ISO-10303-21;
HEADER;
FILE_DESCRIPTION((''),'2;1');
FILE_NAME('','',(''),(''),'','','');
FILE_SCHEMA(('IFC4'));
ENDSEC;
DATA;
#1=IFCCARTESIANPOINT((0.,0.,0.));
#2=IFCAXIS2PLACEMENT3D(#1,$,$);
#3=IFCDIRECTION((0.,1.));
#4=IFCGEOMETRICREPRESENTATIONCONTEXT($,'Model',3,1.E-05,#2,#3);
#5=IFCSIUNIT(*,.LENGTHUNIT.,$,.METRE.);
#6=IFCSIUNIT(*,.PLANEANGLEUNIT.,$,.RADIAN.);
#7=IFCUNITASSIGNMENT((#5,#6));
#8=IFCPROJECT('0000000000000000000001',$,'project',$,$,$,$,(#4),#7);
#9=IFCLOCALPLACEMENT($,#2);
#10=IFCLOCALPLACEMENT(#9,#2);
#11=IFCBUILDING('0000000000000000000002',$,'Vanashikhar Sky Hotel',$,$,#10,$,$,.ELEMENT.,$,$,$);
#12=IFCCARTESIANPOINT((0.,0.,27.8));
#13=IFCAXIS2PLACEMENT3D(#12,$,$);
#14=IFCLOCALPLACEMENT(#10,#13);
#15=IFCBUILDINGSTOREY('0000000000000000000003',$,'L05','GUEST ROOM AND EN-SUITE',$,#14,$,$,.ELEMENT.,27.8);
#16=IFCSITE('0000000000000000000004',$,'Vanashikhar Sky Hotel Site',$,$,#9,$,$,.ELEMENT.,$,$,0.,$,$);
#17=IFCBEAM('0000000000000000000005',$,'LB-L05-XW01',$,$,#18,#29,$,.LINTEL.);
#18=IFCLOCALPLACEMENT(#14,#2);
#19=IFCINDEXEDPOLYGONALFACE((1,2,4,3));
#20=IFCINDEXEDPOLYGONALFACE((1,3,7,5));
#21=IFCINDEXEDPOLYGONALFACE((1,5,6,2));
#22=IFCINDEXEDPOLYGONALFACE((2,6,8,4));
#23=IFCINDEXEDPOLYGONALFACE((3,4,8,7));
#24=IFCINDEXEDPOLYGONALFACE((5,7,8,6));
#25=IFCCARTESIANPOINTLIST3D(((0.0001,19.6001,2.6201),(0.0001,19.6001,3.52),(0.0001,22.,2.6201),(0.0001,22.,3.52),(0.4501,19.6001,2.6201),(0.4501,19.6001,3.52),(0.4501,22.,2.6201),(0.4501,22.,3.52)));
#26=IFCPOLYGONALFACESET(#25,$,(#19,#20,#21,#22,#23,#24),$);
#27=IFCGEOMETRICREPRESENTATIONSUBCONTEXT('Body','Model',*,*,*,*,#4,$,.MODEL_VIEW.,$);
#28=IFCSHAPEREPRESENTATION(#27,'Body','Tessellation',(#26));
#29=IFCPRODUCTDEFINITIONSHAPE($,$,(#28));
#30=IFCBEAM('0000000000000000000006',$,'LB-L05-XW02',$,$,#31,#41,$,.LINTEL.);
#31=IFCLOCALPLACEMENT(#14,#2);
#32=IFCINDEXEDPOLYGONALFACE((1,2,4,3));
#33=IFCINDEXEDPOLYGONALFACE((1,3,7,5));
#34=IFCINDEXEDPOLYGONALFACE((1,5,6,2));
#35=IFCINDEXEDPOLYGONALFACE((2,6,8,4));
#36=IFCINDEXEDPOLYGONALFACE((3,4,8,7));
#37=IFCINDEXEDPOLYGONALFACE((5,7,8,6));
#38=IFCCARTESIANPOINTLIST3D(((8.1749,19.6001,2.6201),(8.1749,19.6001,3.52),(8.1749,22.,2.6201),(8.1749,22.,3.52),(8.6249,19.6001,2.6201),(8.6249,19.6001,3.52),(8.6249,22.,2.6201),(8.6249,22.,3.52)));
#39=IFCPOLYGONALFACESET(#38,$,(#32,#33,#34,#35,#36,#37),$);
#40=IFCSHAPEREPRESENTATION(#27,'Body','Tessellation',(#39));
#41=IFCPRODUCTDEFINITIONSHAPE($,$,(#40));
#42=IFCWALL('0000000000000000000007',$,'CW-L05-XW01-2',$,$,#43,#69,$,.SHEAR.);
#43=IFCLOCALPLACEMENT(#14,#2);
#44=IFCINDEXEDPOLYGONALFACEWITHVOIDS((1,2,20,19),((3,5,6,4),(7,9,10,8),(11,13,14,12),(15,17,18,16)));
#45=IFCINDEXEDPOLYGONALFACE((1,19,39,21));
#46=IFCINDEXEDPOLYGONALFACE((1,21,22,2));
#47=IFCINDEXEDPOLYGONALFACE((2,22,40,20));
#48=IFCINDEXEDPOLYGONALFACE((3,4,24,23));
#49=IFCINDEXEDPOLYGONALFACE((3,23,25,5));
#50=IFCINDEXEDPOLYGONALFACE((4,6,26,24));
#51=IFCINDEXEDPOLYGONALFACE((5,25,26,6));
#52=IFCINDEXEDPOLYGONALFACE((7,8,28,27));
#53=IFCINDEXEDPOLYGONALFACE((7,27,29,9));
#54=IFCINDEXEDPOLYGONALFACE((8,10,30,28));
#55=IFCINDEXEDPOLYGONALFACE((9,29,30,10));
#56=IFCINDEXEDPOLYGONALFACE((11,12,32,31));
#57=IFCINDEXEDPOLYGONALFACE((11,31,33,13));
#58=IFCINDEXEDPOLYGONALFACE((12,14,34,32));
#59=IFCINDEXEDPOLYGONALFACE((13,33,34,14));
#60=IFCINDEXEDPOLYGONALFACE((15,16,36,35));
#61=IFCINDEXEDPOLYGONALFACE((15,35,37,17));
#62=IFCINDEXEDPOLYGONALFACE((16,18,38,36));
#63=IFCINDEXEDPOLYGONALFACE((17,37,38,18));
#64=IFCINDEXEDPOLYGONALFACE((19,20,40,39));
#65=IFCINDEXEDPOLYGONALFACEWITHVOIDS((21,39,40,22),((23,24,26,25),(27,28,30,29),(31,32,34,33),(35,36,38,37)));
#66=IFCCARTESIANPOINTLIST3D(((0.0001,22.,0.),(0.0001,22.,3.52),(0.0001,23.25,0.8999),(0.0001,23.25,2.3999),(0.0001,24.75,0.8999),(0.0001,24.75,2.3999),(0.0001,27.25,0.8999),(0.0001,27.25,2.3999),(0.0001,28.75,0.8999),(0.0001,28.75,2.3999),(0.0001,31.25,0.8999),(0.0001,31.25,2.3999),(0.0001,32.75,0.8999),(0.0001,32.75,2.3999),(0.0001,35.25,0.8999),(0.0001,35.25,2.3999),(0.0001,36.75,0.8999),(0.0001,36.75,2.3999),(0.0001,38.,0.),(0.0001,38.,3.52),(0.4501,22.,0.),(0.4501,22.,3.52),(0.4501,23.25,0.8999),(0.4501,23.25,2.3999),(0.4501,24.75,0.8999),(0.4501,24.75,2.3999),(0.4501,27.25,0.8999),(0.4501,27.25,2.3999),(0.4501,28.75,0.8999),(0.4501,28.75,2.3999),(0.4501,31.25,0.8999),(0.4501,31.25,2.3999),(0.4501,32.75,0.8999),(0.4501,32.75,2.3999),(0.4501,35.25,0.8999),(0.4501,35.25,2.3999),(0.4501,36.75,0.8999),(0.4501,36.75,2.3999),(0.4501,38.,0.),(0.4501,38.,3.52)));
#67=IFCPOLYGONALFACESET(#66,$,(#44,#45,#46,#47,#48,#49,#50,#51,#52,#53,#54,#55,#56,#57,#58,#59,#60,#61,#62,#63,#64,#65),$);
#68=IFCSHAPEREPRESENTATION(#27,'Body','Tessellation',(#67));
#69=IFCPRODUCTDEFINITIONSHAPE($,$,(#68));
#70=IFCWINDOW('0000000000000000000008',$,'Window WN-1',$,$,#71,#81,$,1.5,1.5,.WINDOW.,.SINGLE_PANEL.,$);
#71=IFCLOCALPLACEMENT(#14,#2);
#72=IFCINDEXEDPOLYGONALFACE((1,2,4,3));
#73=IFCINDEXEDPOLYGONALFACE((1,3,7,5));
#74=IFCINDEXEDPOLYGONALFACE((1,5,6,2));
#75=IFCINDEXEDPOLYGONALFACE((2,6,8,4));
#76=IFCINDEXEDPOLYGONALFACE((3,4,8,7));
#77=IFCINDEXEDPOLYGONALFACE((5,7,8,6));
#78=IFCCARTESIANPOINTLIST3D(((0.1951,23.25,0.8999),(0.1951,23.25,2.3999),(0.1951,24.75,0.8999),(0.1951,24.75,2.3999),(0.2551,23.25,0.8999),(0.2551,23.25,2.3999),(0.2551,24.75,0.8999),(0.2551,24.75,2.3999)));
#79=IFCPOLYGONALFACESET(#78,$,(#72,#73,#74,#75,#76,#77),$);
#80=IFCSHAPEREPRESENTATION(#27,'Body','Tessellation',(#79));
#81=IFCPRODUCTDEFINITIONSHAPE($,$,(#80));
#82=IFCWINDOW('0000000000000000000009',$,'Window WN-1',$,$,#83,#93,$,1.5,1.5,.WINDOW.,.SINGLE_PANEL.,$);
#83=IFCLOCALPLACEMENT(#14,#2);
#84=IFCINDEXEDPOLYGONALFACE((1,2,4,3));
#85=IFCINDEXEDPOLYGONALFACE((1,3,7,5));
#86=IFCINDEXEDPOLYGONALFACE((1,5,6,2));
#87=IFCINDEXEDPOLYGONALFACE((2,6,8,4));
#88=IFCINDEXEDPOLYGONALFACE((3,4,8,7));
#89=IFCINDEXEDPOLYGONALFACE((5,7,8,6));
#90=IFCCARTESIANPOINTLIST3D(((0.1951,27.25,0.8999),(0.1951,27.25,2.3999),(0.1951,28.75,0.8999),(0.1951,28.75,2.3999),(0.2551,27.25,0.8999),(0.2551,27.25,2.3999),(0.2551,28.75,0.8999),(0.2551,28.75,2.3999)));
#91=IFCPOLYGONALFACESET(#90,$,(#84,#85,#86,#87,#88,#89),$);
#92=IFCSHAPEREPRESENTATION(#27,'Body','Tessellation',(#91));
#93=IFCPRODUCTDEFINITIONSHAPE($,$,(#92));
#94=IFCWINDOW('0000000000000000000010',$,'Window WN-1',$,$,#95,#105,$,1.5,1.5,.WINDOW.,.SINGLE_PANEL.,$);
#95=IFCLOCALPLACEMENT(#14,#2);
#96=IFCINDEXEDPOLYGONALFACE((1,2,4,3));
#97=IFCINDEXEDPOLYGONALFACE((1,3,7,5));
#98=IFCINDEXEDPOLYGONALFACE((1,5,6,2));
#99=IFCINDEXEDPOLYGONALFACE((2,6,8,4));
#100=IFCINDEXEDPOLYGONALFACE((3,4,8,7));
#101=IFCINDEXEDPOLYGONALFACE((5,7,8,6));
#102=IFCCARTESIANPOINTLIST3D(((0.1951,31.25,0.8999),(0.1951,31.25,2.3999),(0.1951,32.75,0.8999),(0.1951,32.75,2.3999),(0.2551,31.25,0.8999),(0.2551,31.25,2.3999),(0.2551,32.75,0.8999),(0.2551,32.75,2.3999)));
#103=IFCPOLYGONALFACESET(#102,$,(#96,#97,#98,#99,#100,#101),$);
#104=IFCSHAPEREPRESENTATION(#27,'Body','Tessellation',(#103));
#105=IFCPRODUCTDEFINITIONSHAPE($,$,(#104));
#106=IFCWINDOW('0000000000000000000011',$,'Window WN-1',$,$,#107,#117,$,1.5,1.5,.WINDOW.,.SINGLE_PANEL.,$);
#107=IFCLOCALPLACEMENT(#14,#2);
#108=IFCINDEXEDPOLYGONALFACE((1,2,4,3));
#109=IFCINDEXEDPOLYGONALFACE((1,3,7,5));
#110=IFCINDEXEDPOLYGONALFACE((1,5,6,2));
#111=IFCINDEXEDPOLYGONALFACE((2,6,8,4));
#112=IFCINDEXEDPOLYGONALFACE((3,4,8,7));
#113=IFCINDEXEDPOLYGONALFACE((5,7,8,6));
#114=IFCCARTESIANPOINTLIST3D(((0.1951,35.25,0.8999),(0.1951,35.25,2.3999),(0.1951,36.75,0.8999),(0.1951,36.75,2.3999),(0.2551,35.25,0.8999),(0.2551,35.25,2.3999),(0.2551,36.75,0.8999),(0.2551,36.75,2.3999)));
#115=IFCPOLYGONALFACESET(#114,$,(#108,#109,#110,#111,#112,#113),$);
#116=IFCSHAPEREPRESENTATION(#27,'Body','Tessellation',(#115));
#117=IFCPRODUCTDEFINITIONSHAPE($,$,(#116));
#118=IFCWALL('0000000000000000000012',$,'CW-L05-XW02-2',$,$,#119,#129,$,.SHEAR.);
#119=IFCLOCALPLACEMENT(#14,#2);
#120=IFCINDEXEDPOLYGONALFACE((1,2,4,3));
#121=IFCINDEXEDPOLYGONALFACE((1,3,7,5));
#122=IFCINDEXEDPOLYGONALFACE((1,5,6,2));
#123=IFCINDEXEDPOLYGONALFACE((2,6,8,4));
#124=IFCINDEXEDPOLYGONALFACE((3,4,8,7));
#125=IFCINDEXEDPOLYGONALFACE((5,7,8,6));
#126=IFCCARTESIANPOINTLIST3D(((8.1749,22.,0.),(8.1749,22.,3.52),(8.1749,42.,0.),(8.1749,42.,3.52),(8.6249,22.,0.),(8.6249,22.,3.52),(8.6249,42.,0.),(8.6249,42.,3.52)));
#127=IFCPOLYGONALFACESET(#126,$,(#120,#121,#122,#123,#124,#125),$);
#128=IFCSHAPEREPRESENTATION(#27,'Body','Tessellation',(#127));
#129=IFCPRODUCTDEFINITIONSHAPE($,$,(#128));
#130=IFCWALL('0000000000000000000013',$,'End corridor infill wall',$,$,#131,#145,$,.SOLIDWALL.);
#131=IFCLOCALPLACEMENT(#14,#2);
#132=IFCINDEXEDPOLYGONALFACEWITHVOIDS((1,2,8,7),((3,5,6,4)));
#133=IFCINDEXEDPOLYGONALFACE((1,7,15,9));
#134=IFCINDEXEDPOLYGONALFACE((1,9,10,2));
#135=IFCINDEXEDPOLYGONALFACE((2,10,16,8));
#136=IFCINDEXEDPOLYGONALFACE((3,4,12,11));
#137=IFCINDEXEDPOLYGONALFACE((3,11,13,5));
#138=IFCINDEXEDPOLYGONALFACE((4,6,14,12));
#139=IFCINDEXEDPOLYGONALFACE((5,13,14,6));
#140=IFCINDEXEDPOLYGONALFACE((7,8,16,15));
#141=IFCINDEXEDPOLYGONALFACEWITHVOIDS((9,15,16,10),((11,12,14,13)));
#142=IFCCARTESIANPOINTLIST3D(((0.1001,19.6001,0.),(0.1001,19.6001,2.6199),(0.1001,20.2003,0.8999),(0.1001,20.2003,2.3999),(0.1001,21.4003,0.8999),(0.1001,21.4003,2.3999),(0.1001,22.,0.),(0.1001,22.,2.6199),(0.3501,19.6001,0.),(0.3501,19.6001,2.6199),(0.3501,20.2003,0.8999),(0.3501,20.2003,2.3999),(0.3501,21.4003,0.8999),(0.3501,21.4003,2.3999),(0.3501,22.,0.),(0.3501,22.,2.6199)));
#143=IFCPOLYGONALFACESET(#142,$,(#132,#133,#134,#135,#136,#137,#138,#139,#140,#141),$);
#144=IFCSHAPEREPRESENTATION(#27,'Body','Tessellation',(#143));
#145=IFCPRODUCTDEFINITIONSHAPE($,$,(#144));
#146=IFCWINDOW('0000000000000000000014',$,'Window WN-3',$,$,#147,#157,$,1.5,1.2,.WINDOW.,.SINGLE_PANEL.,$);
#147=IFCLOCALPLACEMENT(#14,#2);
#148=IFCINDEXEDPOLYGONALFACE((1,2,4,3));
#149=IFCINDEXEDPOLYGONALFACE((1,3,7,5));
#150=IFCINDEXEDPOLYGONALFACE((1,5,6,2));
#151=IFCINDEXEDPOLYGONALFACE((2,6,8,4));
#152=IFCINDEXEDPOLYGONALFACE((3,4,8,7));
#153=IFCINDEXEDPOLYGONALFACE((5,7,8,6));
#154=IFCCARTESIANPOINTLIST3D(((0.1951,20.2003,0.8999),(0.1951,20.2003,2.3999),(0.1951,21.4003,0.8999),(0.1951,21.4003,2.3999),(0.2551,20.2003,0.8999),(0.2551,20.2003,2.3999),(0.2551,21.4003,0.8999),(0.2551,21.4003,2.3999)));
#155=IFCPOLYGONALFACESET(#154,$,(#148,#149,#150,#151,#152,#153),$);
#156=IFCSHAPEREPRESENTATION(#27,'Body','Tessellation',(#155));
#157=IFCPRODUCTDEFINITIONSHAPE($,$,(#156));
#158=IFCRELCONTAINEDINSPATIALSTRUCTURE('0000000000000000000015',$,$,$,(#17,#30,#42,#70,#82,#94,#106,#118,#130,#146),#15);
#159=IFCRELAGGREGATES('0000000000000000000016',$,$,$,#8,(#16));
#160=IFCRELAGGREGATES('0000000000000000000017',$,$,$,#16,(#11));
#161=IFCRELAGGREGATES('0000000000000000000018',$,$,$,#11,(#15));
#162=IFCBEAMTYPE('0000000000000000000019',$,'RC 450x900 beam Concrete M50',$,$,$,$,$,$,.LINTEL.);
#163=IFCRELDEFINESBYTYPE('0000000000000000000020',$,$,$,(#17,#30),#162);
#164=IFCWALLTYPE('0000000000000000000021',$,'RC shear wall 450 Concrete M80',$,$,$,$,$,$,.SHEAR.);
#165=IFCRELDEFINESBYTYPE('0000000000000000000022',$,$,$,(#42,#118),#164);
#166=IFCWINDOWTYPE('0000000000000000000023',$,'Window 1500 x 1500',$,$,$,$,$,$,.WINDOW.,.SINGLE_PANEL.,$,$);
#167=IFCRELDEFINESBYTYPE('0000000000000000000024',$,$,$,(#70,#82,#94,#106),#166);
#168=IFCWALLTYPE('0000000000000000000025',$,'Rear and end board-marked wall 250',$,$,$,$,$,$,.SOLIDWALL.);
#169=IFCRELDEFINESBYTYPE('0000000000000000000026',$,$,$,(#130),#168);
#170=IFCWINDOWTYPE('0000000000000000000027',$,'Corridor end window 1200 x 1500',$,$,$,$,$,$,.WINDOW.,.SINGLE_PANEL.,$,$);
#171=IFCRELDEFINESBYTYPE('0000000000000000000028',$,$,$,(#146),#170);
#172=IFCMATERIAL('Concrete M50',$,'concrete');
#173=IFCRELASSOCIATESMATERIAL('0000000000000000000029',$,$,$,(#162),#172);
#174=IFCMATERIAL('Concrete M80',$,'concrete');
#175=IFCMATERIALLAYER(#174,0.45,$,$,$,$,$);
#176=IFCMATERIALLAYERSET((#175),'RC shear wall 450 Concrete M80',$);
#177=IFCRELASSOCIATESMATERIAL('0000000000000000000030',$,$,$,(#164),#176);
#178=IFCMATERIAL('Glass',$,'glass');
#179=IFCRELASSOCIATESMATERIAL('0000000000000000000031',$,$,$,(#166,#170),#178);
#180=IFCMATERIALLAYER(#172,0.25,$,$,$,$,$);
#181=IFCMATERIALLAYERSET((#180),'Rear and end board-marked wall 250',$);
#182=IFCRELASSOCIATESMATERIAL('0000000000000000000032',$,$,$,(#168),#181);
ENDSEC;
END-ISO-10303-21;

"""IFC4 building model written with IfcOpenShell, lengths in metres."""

from ifc_helpers import new_model, si_unit, direction, frame, frame_2d, origin, origin_2d, place, context, subcontext, project, spatial, rectangle, extrude, source, transform, mapped, material, layer, layer_set, material_profile, profile_set, type_object, element, fill, save


model = new_model("IFC4")

# Units and contexts
model_context = context("Model", 3, precision=1e-05, world=origin(), true_north=direction((0.0, 1.0)))
body_context = subcontext(model_context, "Body", "Model", "MODEL_VIEW")
ifc_project = project(units=[si_unit("LENGTHUNIT", "METRE"), si_unit("PLANEANGLEUNIT", "RADIAN")], contexts=[model_context])

# Site, building, storey
site_placement = place(None, origin())
site = spatial("IfcSite", under=ifc_project, at=site_placement, Name="Vanashikhar Sky Hotel Site", CompositionType="ELEMENT", RefElevation=0.0)
building_placement = place(site_placement, origin())
building = spatial("IfcBuilding", under=site, at=building_placement, Name="Vanashikhar Sky Hotel", CompositionType="ELEMENT")
storey_placement = place(building_placement, frame((0.0, 0.0, 27.8)))
storey = spatial("IfcBuildingStorey", under=building, at=storey_placement, Name="L05", Description="GUEST ROOM AND EN-SUITE", CompositionType="ELEMENT", Elevation=27.8)

# Beams
ifc_material_1 = material(Name="Concrete M50", Category="concrete")
ifc_material_profile = material_profile(ifc_material_1, rectangle(XDim=0.45, YDim=0.8999, at=origin_2d()))
ifc_profile_set = profile_set([ifc_material_profile], Name="RC 450x900 beam Concrete M50")
beam_type = type_object("IfcBeamType", Name="RC 450x900 beam Concrete M50", PredefinedType="LINTEL", material=ifc_profile_set)
shared_shape_1 = source(origin(), body_context, "Body", "SweptSolid", [
    extrude(rectangle(XDim=0.45, YDim=0.8999, at=origin_2d()), origin(), (0.0, 0.0, 1.0), 2.3999),
])
for number, where, z_axis, x_axis, name in (
    (1, (0.2251, 19.6001, 3.0701), (0.0, 1.0, 0.0), (-1.0, 0.0, 0.0), "LB-L05-XW01"),
    (2, (8.3999, 19.6001, 3.0701), (0.0, 1.0, 0.0), (-1.0, 0.0, 0.0), "LB-L05-XW02"),
):
    element("IfcBeam", number, at=place(storey_placement, frame(where, z_axis=z_axis, x_axis=x_axis)), inside=storey, type_object=beam_type, Name=name, PredefinedType="LINTEL", context=body_context, shape_type="MappedRepresentation", body=[
        mapped(shared_shape_1, transform((0.0, 0.0, 0.0), scale=1.0)),
    ])

# Wall, openings, windows
ifc_material_2 = material(Name="Concrete M80", Category="concrete")
ifc_layer_1 = layer(ifc_material_2, 0.45)
ifc_layer_set_1 = layer_set([ifc_layer_1], Name="RC shear wall 450 Concrete M80")
wall_type_1 = type_object("IfcWallType", Name="RC shear wall 450 Concrete M80", PredefinedType="SHEAR", material=ifc_layer_set_1)
shared_shape_2 = source(origin(), body_context, "Body", "SweptSolid", [
    extrude(rectangle(XDim=16.0, YDim=0.45, at=frame_2d((8.0, 0.0))), origin(), (0.0, 0.0, 1.0), 3.52),
])
wall_1_placement = place(storey_placement, frame((0.2251, 22.0, 0.0), z_axis=(0.0, 0.0, 1.0), x_axis=(0.0, 1.0, 0.0)))
wall_1 = element("IfcWall", 3, at=wall_1_placement, inside=storey, type_object=wall_type_1, Name="CW-L05-XW01-2", PredefinedType="SHEAR", context=body_context, shape_type="MappedRepresentation", body=[
    mapped(shared_shape_2, transform((0.0, 0.0, 0.0), scale=1.0)),
])
shared_shape_3 = source(origin(), body_context, "Body", "SweptSolid", [
    extrude(rectangle(XDim=1.5, YDim=1.5, at=frame_2d((0.75, 0.75))), frame((0.0, 0.2349, 0.0), z_axis=(0.0, -1.0, 0.0), x_axis=(1.0, 0.0, 0.0)), (0.0, 0.0, 1.0), 0.47),
])
opening_1_placement = place(wall_1_placement, frame((1.25, 0.0, 0.8999)))
opening_1 = element("IfcOpeningElement", 4, at=opening_1_placement, cuts=wall_1, PredefinedType="OPENING", context=body_context, shape_type="MappedRepresentation", body=[
    mapped(shared_shape_3, transform((0.0, 0.0, 0.0), scale=1.0)),
])
opening_2_placement = place(wall_1_placement, frame((5.25, 0.0, 0.8999)))
opening_2 = element("IfcOpeningElement", 5, at=opening_2_placement, cuts=wall_1, PredefinedType="OPENING", context=body_context, shape_type="MappedRepresentation", body=[
    mapped(shared_shape_3, transform((0.0, 0.0, 0.0), scale=1.0)),
])
opening_3_placement = place(wall_1_placement, frame((9.25, 0.0, 0.8999)))
opening_3 = element("IfcOpeningElement", 6, at=opening_3_placement, cuts=wall_1, PredefinedType="OPENING", context=body_context, shape_type="MappedRepresentation", body=[
    mapped(shared_shape_3, transform((0.0, 0.0, 0.0), scale=1.0)),
])
opening_4_placement = place(wall_1_placement, frame((13.25, 0.0, 0.8999)))
opening_4 = element("IfcOpeningElement", 7, at=opening_4_placement, cuts=wall_1, PredefinedType="OPENING", context=body_context, shape_type="MappedRepresentation", body=[
    mapped(shared_shape_3, transform((0.0, 0.0, 0.0), scale=1.0)),
])
ifc_material_3 = material(Name="Glass", Category="glass")
window_type_1 = type_object("IfcWindowType", Name="Window 1500 x 1500", PartitioningType="SINGLE_PANEL", PredefinedType="WINDOW", material=ifc_material_3)
shared_shape_4 = source(origin(), body_context, "Body", "SweptSolid", [
    extrude(rectangle(XDim=1.5, YDim=1.5, at=frame_2d((0.75, 0.75))), frame((0.0, 0.03, 0.0), z_axis=(0.0, -1.0, 0.0), x_axis=(1.0, 0.0, 0.0)), (0.0, 0.0, 1.0), 0.0601),
])
window_1_placement = place(opening_1_placement, origin())
window_1 = element("IfcWindow", 8, at=window_1_placement, inside=storey, type_object=window_type_1, Name="Window WN-1", OverallHeight=1.5, OverallWidth=1.5, PartitioningType="SINGLE_PANEL", PredefinedType="WINDOW", context=body_context, shape_type="MappedRepresentation", body=[
    mapped(shared_shape_4, transform((0.0, 0.0, 0.0), scale=1.0)),
])
fill(opening_1, window_1)
window_2_placement = place(opening_2_placement, origin())
window_2 = element("IfcWindow", 9, at=window_2_placement, inside=storey, type_object=window_type_1, Name="Window WN-1", OverallHeight=1.5, OverallWidth=1.5, PartitioningType="SINGLE_PANEL", PredefinedType="WINDOW", context=body_context, shape_type="MappedRepresentation", body=[
    mapped(shared_shape_4, transform((0.0, 0.0, 0.0), scale=1.0)),
])
fill(opening_2, window_2)
window_3_placement = place(opening_3_placement, origin())
window_3 = element("IfcWindow", 10, at=window_3_placement, inside=storey, type_object=window_type_1, Name="Window WN-1", OverallHeight=1.5, OverallWidth=1.5, PartitioningType="SINGLE_PANEL", PredefinedType="WINDOW", context=body_context, shape_type="MappedRepresentation", body=[
    mapped(shared_shape_4, transform((0.0, 0.0, 0.0), scale=1.0)),
])
fill(opening_3, window_3)
window_4_placement = place(opening_4_placement, origin())
window_4 = element("IfcWindow", 11, at=window_4_placement, inside=storey, type_object=window_type_1, Name="Window WN-1", OverallHeight=1.5, OverallWidth=1.5, PartitioningType="SINGLE_PANEL", PredefinedType="WINDOW", context=body_context, shape_type="MappedRepresentation", body=[
    mapped(shared_shape_4, transform((0.0, 0.0, 0.0), scale=1.0)),
])
fill(opening_4, window_4)

# Wall
shared_shape_5 = source(origin(), body_context, "Body", "SweptSolid", [
    extrude(rectangle(XDim=20.0, YDim=0.45, at=frame_2d((10.0, 0.0))), origin(), (0.0, 0.0, 1.0), 3.52),
])
wall_2_placement = place(storey_placement, frame((8.3999, 22.0, 0.0), z_axis=(0.0, 0.0, 1.0), x_axis=(0.0, 1.0, 0.0)))
element("IfcWall", 12, at=wall_2_placement, inside=storey, type_object=wall_type_1, Name="CW-L05-XW02-2", PredefinedType="SHEAR", context=body_context, shape_type="MappedRepresentation", body=[
    mapped(shared_shape_5, transform((0.0, 0.0, 0.0), scale=1.0)),
])

# Wall, opening, window
ifc_layer_2 = layer(ifc_material_1, 0.25)
ifc_layer_set_2 = layer_set([ifc_layer_2], Name="Rear and end board-marked wall 250")
wall_type_2 = type_object("IfcWallType", Name="Rear and end board-marked wall 250", PredefinedType="SOLIDWALL", material=ifc_layer_set_2)
shared_shape_6 = source(origin(), body_context, "Body", "SweptSolid", [
    extrude(rectangle(XDim=2.3999, YDim=0.25, at=frame_2d((1.2, 0.0))), origin(), (0.0, 0.0, 1.0), 2.6199),
])
wall_3_placement = place(storey_placement, frame((0.2251, 19.6001, 0.0), z_axis=(0.0, 0.0, 1.0), x_axis=(0.0, 1.0, 0.0)))
wall_3 = element("IfcWall", 13, at=wall_3_placement, inside=storey, type_object=wall_type_2, Name="End corridor infill wall", PredefinedType="SOLIDWALL", context=body_context, shape_type="MappedRepresentation", body=[
    mapped(shared_shape_6, transform((0.0, 0.0, 0.0), scale=1.0)),
])
shared_shape_7 = source(origin(), body_context, "Body", "SweptSolid", [
    extrude(rectangle(XDim=1.2, YDim=1.5, at=frame_2d((0.6001, 0.75))), frame((0.0, 0.135, 0.0), z_axis=(0.0, -1.0, 0.0), x_axis=(1.0, 0.0, 0.0)), (0.0, 0.0, 1.0), 0.27),
])
opening_5_placement = place(wall_3_placement, frame((0.6001, 0.0, 0.8999)))
opening_5 = element("IfcOpeningElement", 14, at=opening_5_placement, cuts=wall_3, PredefinedType="OPENING", context=body_context, shape_type="MappedRepresentation", body=[
    mapped(shared_shape_7, transform((0.0, 0.0, 0.0), scale=1.0)),
])
window_type_2 = type_object("IfcWindowType", Name="Corridor end window 1200 x 1500", PartitioningType="SINGLE_PANEL", PredefinedType="WINDOW", material=ifc_material_3)
shared_shape_8 = source(origin(), body_context, "Body", "SweptSolid", [
    extrude(rectangle(XDim=1.2, YDim=1.5, at=frame_2d((0.6001, 0.75))), frame((0.0, 0.03, 0.0), z_axis=(0.0, -1.0, 0.0), x_axis=(1.0, 0.0, 0.0)), (0.0, 0.0, 1.0), 0.0601),
])
window_5_placement = place(opening_5_placement, origin())
window_5 = element("IfcWindow", 15, at=window_5_placement, inside=storey, type_object=window_type_2, Name="Window WN-3", OverallHeight=1.5, OverallWidth=1.2, PartitioningType="SINGLE_PANEL", PredefinedType="WINDOW", context=body_context, shape_type="MappedRepresentation", body=[
    mapped(shared_shape_8, transform((0.0, 0.0, 0.0), scale=1.0)),
])
fill(opening_5, window_5)

save(model, "model.ifc")
